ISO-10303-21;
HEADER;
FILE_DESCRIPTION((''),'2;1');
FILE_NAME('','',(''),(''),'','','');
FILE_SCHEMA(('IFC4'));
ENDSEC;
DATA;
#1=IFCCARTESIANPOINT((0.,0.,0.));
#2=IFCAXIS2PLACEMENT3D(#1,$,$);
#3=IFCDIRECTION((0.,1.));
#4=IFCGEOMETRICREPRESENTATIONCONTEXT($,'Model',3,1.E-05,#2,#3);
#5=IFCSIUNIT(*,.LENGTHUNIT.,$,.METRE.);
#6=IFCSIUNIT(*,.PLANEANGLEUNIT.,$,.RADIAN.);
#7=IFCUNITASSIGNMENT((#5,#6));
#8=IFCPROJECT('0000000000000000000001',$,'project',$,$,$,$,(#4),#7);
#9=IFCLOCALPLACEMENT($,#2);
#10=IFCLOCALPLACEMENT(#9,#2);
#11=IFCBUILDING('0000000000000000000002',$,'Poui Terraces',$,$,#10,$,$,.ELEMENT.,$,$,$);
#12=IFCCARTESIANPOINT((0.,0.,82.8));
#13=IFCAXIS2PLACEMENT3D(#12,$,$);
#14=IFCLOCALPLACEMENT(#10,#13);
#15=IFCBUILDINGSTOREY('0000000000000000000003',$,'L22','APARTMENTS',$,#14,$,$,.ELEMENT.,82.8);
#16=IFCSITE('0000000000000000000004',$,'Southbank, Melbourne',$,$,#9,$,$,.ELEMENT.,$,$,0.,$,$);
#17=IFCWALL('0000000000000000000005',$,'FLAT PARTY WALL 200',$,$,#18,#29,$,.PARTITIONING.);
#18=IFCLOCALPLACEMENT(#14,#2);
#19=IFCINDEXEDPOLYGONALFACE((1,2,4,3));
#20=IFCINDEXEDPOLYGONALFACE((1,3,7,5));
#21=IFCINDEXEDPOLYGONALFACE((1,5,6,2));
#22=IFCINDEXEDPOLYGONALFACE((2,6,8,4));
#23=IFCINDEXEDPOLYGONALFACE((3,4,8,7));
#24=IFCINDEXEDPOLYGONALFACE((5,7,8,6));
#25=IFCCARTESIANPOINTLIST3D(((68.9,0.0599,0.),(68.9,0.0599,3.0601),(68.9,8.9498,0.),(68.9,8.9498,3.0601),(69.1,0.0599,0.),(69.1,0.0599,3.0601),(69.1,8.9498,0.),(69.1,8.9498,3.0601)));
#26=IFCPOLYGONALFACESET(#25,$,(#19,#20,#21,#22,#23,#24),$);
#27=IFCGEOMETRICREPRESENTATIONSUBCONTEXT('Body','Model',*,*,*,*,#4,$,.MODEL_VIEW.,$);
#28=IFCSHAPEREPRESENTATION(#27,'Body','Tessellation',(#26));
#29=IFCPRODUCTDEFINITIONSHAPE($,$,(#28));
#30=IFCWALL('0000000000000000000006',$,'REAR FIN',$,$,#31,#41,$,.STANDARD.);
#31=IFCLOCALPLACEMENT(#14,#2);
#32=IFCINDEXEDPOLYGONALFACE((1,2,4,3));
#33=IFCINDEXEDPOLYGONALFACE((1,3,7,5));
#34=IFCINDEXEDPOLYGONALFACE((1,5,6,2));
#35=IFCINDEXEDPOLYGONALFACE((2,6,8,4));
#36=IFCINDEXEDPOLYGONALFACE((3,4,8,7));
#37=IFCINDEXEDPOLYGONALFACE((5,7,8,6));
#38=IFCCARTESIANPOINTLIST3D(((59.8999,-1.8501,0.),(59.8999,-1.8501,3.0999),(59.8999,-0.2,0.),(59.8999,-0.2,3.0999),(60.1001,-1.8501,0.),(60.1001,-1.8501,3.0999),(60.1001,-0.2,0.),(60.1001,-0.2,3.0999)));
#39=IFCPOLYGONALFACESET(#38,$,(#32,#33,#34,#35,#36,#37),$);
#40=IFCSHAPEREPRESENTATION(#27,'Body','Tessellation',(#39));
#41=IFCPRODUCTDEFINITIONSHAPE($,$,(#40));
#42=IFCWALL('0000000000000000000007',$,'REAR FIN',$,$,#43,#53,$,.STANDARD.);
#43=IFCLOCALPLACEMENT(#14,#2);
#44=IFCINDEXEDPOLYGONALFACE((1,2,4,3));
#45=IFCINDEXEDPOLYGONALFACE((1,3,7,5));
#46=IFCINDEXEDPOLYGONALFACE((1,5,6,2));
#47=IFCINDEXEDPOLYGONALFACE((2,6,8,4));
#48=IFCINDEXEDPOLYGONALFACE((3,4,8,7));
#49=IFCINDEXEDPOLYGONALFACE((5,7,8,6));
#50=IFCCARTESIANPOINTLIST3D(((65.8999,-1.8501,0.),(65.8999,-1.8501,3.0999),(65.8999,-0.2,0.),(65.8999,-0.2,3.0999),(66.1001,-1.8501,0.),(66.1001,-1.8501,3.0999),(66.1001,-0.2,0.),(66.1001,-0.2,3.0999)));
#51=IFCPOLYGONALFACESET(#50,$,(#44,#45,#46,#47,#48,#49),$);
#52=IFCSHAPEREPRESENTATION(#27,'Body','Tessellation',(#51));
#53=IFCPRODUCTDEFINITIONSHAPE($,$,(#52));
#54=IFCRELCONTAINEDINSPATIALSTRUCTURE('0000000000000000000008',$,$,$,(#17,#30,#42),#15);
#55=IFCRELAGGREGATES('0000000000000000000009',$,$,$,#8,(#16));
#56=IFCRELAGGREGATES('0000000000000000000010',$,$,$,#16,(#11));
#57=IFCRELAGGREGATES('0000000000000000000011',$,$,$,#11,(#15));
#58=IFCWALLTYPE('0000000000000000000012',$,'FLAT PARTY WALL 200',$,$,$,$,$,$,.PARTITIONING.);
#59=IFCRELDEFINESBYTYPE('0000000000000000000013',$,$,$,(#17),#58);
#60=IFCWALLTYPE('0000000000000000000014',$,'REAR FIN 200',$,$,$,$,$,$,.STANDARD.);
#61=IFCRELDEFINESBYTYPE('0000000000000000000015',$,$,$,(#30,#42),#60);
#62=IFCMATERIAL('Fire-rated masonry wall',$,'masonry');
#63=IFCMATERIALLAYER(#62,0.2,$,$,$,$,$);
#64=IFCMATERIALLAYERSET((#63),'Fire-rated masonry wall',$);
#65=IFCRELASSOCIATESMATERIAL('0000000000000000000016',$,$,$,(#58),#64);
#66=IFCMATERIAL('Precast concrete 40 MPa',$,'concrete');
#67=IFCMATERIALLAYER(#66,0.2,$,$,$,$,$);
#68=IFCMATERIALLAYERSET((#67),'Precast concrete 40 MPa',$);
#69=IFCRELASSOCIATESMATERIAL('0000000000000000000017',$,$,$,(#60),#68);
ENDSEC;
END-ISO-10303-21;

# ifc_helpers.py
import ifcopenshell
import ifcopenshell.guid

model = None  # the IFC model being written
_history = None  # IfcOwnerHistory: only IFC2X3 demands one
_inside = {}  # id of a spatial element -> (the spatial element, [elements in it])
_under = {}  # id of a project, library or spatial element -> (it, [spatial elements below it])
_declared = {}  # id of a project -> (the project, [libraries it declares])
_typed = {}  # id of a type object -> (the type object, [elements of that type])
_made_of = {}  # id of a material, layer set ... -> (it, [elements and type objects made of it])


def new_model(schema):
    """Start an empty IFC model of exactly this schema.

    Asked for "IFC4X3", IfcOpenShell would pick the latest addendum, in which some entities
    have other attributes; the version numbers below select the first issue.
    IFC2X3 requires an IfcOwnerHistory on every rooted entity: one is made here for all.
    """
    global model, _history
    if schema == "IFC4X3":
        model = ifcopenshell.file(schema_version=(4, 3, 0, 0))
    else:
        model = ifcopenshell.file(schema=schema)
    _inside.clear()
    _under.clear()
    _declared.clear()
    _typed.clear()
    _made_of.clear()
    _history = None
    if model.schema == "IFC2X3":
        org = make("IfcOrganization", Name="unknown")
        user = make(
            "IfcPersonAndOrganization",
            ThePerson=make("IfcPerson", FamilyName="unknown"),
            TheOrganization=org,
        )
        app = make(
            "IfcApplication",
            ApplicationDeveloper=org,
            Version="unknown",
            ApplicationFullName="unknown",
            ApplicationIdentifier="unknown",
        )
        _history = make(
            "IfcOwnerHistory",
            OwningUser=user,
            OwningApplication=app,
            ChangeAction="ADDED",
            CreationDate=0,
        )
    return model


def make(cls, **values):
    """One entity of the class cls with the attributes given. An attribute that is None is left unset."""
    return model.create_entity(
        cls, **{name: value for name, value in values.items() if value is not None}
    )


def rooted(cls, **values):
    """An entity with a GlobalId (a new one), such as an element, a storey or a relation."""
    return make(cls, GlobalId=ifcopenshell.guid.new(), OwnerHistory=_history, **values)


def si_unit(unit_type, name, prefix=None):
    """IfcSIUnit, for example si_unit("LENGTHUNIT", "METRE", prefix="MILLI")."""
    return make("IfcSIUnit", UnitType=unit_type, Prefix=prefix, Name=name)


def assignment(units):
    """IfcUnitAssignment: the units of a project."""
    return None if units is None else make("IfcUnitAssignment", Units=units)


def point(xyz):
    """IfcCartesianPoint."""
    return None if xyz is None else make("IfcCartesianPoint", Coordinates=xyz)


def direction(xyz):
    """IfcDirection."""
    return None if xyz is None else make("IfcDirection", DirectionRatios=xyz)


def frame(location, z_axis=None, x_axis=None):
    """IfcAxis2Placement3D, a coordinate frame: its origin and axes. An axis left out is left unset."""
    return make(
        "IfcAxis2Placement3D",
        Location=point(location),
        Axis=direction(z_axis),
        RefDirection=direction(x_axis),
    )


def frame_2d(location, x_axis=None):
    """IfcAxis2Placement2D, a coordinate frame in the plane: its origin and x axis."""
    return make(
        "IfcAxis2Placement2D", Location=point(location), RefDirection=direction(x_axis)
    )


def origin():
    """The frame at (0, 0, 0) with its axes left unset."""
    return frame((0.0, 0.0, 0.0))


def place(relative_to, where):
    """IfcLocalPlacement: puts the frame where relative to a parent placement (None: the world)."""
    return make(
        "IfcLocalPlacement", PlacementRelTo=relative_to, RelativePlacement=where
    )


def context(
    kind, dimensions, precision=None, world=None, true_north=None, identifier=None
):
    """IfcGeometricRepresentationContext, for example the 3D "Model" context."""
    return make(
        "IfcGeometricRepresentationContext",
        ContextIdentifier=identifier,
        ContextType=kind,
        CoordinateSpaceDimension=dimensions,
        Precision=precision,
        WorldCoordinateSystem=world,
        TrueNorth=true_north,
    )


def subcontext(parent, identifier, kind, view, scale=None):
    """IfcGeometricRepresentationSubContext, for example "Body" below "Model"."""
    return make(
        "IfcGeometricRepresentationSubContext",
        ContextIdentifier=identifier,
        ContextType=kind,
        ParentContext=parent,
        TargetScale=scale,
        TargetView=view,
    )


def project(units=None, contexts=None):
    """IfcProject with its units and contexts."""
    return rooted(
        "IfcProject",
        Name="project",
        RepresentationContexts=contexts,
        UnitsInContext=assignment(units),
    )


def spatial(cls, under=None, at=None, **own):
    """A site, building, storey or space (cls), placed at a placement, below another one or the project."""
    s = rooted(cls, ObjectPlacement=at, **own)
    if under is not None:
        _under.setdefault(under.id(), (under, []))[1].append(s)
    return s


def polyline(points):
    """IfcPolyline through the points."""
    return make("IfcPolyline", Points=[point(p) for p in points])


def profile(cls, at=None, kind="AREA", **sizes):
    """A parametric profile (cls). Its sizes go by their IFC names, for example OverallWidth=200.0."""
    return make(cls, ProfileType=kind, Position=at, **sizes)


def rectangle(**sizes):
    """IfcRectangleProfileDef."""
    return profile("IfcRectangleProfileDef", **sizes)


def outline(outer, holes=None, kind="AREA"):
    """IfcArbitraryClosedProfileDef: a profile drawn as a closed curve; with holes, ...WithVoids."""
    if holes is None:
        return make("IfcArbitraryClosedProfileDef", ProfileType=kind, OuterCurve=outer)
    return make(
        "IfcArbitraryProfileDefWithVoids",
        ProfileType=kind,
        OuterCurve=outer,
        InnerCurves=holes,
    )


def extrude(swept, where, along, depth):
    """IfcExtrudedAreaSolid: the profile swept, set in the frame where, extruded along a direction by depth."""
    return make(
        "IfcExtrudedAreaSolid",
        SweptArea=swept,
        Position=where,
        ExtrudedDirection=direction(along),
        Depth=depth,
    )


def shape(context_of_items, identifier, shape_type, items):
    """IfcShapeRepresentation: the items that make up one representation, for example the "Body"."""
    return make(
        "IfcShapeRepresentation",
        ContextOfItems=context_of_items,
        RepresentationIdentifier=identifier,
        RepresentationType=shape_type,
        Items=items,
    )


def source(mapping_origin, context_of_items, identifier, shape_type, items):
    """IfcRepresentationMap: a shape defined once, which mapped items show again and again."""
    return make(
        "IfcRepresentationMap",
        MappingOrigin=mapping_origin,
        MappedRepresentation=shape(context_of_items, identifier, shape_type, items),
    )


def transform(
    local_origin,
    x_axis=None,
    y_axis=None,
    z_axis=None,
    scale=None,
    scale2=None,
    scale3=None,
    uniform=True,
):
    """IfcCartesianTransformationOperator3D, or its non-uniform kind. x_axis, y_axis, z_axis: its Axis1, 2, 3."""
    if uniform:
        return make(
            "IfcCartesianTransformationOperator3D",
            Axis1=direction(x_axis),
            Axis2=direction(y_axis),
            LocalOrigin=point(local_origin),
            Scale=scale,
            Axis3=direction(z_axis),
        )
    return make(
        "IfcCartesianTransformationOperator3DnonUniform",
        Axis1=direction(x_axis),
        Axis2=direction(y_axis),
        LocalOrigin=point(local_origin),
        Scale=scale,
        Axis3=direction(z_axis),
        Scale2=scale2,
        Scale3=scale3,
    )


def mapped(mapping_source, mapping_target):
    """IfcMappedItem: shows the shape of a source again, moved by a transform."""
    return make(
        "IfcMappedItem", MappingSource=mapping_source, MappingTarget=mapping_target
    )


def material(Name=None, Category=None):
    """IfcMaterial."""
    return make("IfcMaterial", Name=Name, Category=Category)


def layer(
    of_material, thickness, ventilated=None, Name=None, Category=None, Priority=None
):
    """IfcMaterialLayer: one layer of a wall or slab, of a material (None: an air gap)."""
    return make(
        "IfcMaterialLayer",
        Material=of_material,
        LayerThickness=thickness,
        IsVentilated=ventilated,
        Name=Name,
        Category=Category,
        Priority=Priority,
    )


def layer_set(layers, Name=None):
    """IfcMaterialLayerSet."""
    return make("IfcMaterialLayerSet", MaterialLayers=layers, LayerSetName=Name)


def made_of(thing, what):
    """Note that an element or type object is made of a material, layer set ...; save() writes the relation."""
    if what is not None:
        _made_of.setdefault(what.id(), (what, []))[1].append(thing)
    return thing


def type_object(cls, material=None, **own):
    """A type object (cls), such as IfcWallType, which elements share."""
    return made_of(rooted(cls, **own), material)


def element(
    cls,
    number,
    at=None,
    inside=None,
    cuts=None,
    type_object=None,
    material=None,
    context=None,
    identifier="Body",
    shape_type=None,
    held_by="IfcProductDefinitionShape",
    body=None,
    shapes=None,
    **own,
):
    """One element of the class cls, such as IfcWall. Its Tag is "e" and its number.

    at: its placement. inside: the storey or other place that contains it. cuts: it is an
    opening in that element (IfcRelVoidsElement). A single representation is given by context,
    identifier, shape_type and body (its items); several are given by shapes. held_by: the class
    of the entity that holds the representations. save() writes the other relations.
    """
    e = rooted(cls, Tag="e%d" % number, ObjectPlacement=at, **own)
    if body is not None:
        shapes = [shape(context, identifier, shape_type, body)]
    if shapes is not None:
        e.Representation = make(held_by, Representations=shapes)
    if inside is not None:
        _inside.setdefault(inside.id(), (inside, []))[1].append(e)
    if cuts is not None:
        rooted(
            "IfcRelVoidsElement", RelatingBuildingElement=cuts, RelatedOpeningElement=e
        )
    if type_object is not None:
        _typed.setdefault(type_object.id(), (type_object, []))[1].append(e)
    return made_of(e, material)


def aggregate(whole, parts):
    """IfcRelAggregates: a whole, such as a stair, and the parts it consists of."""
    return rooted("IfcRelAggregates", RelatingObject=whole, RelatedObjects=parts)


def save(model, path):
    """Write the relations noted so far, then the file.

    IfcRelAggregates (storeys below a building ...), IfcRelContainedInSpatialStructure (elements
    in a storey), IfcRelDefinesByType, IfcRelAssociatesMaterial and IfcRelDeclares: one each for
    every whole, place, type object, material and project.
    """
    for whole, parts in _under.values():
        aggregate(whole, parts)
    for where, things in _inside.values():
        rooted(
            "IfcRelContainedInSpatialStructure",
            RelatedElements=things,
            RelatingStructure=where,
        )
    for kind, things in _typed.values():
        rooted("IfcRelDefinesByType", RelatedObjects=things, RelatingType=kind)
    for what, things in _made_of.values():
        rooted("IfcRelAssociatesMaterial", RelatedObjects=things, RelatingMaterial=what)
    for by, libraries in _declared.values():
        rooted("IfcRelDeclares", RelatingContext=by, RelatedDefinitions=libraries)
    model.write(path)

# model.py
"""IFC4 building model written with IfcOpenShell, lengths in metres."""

from ifc_helpers import new_model, si_unit, direction, frame, frame_2d, origin, place, context, subcontext, project, spatial, polyline, rectangle, outline, extrude, source, transform, mapped, material, layer, layer_set, type_object, element, save


model = new_model("IFC4")

# Units and contexts
model_context = context("Model", 3, precision=1e-05, world=origin(), true_north=direction((0.0, 1.0)))
body_context = subcontext(model_context, "Body", "Model", "MODEL_VIEW")
ifc_project = project(units=[si_unit("LENGTHUNIT", "METRE"), si_unit("PLANEANGLEUNIT", "RADIAN")], contexts=[model_context])

# Site, building, storey
site_placement = place(None, origin())
site = spatial("IfcSite", under=ifc_project, at=site_placement, Name="Southbank, Melbourne", CompositionType="ELEMENT", RefElevation=0.0)
building_placement = place(site_placement, origin())
building = spatial("IfcBuilding", under=site, at=building_placement, Name="Poui Terraces", CompositionType="ELEMENT")
storey_placement = place(building_placement, frame((0.0, 0.0, 82.8)))
storey = spatial("IfcBuildingStorey", under=building, at=storey_placement, Name="L22", Description="APARTMENTS", CompositionType="ELEMENT", Elevation=82.8)

# Shared definitions
ifc_material_1 = material(Name="Precast concrete 40 MPa", Category="concrete")

# Walls
ifc_material_2 = material(Name="Fire-rated masonry wall", Category="masonry")
ifc_layer_1 = layer(ifc_material_2, 0.2)
ifc_layer_set_1 = layer_set([ifc_layer_1], Name="Fire-rated masonry wall")
wall_type_1 = type_object("IfcWallType", Name="FLAT PARTY WALL 200", PredefinedType="PARTITIONING", material=ifc_layer_set_1)
wall_1_placement = place(storey_placement, frame((69.0, 0.0601, 0.0), z_axis=(0.0, 0.0, 1.0), x_axis=(0.0, 1.0, 0.0)))
element("IfcWall", 1, at=wall_1_placement, inside=storey, type_object=wall_type_1, Name="FLAT PARTY WALL 200", PredefinedType="PARTITIONING", context=body_context, shape_type="SweptSolid", body=[
    extrude(rectangle(XDim=8.8899, YDim=0.2, at=frame_2d((4.4448, 0.0))), origin(), (0.0, 0.0, 1.0), 3.0601),
])
ifc_layer_2 = layer(ifc_material_1, 0.2)
ifc_layer_set_2 = layer_set([ifc_layer_2], Name="Precast concrete 40 MPa")
wall_type_2 = type_object("IfcWallType", Name="REAR FIN 200", PredefinedType="STANDARD", material=ifc_layer_set_2)
shared_shape_1 = source(origin(), body_context, "Body", "SweptSolid", [
    extrude(outline(polyline([(0.0, 0.0), (0.2002, 0.0), (0.2002, 1.6501), (0.0, 1.6501), (0.0, 0.0)])), origin(), (0.0, 0.0, 1.0), 3.0999),
])
for number, where, name in (
    (2, (59.8999, -1.8501, 0.0), "REAR FIN"),
    (3, (65.8999, -1.8501, 0.0), "REAR FIN"),
):
    element("IfcWall", number, at=place(storey_placement, frame(where)), inside=storey, type_object=wall_type_2, Name=name, PredefinedType="STANDARD", context=body_context, shape_type="MappedRepresentation", body=[
        mapped(shared_shape_1, transform((0.0, 0.0, 0.0))),
    ])

save(model, "model.ifc")
